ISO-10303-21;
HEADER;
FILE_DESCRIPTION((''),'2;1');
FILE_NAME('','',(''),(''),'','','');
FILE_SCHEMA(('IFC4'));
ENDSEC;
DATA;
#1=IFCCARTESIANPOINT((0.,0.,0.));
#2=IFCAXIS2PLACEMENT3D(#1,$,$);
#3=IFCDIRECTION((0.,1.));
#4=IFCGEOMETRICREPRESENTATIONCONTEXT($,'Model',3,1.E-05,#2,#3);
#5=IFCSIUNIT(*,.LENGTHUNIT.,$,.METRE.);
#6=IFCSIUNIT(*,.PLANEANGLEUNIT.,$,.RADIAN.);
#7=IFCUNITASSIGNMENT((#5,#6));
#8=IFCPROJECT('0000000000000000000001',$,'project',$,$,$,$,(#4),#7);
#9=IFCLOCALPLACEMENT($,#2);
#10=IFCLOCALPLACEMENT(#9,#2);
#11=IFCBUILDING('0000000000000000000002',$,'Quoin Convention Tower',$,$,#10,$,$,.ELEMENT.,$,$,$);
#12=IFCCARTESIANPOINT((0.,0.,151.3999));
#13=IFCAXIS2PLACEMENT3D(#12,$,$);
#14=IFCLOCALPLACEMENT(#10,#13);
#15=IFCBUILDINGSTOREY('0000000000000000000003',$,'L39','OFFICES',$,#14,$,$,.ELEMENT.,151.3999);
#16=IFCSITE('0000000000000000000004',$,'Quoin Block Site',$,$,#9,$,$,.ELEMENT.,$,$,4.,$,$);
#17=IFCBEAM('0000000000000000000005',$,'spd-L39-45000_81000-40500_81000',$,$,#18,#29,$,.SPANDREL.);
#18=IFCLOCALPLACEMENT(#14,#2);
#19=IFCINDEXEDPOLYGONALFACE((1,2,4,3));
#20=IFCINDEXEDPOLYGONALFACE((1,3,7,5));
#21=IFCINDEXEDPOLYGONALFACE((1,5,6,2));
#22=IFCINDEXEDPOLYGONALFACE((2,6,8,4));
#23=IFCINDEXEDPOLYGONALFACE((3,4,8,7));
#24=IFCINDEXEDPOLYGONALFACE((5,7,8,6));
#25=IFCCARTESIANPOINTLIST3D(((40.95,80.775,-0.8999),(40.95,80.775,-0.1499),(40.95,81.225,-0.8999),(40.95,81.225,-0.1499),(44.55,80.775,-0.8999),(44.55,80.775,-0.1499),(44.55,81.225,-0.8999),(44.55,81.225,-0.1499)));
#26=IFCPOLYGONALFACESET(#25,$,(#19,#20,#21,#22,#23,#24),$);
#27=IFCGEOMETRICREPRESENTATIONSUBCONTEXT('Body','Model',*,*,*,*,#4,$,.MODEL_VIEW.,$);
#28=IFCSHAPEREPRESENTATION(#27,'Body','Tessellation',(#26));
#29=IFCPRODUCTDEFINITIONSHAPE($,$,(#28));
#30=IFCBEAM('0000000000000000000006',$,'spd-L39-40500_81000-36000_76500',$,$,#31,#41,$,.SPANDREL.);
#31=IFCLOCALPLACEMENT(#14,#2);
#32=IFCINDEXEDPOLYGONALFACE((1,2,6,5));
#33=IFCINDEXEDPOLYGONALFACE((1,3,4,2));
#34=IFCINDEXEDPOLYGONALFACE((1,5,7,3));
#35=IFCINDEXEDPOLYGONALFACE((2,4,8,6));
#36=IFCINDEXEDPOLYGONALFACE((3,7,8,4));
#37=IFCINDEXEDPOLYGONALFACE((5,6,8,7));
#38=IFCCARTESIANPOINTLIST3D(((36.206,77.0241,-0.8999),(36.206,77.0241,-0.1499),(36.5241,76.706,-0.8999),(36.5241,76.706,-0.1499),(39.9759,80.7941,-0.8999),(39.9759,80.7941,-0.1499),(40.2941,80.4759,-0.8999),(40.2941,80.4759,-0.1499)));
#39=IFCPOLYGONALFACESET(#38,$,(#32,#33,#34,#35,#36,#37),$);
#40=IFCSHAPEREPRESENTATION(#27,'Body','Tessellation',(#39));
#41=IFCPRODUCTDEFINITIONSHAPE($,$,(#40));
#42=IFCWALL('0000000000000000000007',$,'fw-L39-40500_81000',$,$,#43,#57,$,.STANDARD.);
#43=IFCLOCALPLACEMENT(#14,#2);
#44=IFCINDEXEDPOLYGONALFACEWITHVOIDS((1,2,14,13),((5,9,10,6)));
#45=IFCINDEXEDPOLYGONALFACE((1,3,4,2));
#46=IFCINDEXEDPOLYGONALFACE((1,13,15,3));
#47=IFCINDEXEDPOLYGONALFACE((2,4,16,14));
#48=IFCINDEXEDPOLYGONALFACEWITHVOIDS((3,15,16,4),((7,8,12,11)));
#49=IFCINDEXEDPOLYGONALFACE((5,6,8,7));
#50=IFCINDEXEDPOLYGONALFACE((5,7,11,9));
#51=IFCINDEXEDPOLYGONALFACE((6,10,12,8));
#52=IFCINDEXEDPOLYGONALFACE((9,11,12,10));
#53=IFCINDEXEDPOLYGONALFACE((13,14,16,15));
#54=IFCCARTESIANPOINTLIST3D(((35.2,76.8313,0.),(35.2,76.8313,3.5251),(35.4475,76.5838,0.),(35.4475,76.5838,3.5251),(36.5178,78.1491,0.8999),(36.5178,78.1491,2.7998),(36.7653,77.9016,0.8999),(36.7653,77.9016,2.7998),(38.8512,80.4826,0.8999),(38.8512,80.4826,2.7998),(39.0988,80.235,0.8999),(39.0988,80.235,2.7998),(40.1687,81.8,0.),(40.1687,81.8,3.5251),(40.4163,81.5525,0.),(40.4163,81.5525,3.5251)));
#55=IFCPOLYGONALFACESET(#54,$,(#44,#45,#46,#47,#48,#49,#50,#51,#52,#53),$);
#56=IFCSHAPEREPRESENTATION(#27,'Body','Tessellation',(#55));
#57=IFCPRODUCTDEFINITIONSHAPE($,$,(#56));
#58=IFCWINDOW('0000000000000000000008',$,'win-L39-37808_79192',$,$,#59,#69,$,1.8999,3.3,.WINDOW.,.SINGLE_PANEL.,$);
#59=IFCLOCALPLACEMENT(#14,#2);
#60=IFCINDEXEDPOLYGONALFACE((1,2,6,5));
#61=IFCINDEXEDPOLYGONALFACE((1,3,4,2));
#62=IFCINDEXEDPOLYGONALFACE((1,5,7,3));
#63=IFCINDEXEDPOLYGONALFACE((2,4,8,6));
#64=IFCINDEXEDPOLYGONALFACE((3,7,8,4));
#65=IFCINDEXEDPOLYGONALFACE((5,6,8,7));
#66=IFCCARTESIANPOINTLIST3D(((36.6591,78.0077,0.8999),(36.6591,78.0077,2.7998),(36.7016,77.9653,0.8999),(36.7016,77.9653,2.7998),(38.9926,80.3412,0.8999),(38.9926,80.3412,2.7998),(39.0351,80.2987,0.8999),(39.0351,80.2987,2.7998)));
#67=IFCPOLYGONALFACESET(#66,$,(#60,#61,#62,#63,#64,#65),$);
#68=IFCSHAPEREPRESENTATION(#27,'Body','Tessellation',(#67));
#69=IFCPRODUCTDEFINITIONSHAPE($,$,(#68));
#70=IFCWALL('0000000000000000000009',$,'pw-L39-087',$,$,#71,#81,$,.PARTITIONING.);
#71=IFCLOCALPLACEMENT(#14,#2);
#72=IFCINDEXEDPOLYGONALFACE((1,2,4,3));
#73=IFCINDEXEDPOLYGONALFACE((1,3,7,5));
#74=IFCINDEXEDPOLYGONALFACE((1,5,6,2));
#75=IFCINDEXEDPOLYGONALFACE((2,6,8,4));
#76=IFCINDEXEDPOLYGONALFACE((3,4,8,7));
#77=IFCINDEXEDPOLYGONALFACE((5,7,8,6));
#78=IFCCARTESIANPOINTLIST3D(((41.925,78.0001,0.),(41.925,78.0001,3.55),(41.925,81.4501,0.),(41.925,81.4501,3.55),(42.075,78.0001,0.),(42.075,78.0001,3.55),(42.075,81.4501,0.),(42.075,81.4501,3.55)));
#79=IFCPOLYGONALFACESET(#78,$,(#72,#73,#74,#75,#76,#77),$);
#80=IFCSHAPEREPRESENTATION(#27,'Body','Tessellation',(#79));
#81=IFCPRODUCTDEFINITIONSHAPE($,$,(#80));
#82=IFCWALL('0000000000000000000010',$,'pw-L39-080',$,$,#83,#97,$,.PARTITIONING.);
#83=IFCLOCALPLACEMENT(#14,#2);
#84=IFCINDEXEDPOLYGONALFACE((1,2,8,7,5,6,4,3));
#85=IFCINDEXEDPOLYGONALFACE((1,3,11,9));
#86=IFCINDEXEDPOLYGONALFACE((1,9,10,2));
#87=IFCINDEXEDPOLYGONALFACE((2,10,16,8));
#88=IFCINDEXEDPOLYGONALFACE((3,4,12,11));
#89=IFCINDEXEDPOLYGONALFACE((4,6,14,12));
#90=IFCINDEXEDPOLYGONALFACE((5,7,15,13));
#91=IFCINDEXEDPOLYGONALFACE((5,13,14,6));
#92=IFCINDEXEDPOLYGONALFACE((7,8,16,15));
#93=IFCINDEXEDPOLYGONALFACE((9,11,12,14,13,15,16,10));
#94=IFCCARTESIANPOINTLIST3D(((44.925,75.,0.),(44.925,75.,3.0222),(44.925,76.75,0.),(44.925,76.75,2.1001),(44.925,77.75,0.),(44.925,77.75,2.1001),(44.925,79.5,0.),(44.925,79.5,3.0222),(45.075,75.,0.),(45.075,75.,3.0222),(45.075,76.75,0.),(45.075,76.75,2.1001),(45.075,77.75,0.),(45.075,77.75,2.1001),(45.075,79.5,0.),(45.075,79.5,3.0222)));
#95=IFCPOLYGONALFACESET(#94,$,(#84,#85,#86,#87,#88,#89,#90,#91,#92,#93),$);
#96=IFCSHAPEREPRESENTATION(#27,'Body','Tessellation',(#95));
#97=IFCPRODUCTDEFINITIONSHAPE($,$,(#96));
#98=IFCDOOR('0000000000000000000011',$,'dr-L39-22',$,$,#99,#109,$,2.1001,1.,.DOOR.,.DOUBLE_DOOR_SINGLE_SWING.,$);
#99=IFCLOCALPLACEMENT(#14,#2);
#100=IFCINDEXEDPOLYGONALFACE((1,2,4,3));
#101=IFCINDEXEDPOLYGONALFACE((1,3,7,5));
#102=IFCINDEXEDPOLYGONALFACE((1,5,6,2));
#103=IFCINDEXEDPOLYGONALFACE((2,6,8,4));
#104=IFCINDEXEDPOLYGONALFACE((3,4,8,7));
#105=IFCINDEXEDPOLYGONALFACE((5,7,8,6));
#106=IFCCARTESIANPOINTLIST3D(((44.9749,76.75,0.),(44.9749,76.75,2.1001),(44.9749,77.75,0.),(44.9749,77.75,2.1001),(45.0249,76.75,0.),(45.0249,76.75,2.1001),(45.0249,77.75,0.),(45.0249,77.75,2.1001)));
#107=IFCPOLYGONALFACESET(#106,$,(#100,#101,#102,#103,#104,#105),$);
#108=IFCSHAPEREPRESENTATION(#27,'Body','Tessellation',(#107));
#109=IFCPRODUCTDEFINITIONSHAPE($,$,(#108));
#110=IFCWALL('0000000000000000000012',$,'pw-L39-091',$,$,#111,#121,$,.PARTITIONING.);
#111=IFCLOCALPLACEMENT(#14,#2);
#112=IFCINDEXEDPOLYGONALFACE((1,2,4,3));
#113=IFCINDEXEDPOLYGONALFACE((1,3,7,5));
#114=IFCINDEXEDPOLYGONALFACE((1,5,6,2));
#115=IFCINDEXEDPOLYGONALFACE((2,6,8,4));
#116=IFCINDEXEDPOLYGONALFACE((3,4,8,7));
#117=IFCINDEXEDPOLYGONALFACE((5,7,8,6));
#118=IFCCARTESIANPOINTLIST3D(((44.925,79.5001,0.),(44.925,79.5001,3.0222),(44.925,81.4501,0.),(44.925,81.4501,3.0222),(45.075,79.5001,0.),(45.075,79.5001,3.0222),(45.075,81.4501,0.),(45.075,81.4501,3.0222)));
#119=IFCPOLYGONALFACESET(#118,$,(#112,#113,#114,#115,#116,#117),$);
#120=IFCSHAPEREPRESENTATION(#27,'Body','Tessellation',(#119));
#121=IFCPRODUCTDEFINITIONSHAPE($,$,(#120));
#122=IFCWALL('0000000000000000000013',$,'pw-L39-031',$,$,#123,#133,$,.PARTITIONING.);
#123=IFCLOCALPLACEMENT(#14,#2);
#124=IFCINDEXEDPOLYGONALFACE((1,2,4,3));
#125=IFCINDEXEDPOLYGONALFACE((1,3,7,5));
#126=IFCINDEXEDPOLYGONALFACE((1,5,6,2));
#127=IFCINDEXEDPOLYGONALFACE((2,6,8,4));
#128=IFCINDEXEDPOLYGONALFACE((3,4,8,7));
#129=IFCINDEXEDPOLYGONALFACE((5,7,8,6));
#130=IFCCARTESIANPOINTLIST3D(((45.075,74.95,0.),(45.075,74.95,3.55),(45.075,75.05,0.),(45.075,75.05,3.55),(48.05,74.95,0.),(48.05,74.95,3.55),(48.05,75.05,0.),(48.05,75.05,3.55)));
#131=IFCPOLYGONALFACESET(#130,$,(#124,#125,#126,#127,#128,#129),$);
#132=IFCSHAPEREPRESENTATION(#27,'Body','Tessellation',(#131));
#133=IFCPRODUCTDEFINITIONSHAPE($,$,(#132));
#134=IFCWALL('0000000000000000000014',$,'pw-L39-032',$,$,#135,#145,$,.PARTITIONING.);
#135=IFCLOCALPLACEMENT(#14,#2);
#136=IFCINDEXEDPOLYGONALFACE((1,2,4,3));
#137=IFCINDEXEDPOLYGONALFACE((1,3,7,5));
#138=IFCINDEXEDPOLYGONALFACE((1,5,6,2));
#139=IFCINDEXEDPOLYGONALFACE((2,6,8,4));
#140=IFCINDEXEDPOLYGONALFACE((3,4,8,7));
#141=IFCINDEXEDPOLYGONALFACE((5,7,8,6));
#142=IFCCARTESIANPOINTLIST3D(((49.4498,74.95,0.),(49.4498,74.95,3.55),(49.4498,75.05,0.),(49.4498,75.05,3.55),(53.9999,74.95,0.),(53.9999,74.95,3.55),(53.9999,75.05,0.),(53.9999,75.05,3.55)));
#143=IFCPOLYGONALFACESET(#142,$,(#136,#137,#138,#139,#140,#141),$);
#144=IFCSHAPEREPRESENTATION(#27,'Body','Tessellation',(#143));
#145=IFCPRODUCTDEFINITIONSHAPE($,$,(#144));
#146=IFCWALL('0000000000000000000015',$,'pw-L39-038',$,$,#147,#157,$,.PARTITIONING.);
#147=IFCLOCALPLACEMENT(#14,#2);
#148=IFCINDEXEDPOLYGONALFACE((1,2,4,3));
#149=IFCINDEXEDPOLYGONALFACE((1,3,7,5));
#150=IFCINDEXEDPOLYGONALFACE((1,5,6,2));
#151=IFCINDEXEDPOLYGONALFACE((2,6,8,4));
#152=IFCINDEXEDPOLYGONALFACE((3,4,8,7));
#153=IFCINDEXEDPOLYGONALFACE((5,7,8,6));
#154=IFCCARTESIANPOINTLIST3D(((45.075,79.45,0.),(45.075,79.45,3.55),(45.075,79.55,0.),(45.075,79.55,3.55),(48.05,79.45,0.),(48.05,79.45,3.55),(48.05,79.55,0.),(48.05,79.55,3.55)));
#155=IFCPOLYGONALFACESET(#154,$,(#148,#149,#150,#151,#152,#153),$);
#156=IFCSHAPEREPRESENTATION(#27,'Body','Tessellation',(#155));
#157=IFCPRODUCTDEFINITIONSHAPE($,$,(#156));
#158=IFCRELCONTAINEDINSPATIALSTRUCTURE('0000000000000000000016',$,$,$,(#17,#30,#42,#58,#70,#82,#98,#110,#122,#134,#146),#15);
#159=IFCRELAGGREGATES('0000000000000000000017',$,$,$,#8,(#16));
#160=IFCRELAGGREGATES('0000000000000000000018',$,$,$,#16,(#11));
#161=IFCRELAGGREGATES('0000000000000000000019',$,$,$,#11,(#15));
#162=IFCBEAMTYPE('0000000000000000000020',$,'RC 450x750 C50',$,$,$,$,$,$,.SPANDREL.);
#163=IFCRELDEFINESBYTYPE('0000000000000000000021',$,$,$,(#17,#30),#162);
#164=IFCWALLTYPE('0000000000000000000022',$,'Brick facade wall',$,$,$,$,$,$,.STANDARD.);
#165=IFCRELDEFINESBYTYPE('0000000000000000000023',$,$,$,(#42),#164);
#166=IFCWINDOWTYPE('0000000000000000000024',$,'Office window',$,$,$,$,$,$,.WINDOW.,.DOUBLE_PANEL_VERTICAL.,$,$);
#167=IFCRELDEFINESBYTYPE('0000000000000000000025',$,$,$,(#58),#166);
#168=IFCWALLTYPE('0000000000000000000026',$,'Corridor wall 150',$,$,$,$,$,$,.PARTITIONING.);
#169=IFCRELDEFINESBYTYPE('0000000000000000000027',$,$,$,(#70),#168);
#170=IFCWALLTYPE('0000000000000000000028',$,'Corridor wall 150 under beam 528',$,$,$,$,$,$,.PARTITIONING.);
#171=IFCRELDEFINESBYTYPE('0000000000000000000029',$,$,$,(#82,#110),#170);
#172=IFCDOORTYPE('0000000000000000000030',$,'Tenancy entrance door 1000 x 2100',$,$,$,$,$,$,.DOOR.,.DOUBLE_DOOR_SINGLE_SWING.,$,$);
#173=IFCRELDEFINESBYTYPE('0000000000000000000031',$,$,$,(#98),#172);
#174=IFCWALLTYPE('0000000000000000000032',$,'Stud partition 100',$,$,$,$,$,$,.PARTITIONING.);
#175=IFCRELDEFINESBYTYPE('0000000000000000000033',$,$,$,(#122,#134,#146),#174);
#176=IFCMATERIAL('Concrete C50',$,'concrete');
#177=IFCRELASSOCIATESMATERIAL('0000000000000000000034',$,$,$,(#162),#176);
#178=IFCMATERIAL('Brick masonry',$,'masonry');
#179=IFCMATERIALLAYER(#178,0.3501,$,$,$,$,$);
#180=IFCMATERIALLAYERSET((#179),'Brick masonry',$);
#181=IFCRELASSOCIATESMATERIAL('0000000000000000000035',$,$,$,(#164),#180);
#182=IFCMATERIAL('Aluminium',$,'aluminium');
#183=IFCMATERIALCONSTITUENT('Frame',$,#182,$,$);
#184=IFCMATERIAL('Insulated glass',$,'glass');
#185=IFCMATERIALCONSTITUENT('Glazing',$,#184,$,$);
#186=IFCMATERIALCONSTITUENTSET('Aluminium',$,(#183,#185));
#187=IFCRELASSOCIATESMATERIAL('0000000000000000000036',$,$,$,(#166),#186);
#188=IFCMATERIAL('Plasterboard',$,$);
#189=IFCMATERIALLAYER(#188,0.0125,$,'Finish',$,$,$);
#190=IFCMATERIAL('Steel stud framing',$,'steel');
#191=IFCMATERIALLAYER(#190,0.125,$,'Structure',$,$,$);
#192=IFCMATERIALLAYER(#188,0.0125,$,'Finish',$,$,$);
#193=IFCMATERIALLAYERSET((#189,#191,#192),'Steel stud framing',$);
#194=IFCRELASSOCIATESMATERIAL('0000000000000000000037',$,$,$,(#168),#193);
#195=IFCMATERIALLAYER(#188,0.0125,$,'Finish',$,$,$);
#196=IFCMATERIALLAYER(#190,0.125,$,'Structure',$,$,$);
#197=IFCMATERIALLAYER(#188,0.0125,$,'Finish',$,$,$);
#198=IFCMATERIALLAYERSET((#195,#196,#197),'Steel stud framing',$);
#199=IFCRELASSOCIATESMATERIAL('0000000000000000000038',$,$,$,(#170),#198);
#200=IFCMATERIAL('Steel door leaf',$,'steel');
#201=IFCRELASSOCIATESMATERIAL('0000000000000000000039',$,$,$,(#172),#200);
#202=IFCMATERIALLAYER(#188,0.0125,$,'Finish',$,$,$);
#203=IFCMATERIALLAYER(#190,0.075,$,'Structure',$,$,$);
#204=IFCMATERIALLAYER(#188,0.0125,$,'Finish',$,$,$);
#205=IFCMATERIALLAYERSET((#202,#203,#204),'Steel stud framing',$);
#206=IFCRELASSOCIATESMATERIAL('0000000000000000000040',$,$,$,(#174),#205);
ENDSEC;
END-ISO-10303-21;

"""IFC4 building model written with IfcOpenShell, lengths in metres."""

from ifc_helpers import new_model, si_unit, direction, frame, frame_2d, origin, origin_2d, place, context, subcontext, project, spatial, rectangle, extrude, material, layer, layer_set, constituent, constituent_set, material_profile, profile_set, type_object, element, fill, save


model = new_model("IFC4")

# Units and contexts
model_context = context("Model", 3, precision=1e-05, world=origin(), true_north=direction((0.0, 1.0)))
body_context = subcontext(model_context, "Body", "Model", "MODEL_VIEW")
ifc_project = project(units=[si_unit("LENGTHUNIT", "METRE"), si_unit("PLANEANGLEUNIT", "RADIAN")], contexts=[model_context])

# Site, building, storey
site_placement = place(None, origin())
site = spatial("IfcSite", under=ifc_project, at=site_placement, Name="Quoin Block Site", CompositionType="ELEMENT", RefElevation=4.0)
building_placement = place(site_placement, origin())
building = spatial("IfcBuilding", under=site, at=building_placement, Name="Quoin Convention Tower", CompositionType="ELEMENT")
storey_placement = place(building_placement, frame((0.0, 0.0, 151.3999)))
storey = spatial("IfcBuildingStorey", under=building, at=storey_placement, Name="L39", Description="OFFICES", CompositionType="ELEMENT", Elevation=151.3999)

# Shared definitions
ifc_material_1 = material(Name="Concrete C50", Category="concrete")

# Beams
ifc_material_profile_1 = material_profile(ifc_material_1, rectangle(XDim=0.45, YDim=0.75, at=origin_2d()), Name="RC 450x750")
ifc_profile_set_1 = profile_set([ifc_material_profile_1], Name="Concrete C50")
beam_type_1 = type_object("IfcBeamType", Name="RC 450x750 C50", PredefinedType="SPANDREL", material=ifc_profile_set_1)
for number, where, z_axis, x_axis, name in (
    (1, (44.55, 81.0, -0.5249), (-1.0, 0.0, 0.0), (0.0, -1.0, 0.0), "spd-L39-45000_81000-40500_81000"),
):
    element("IfcBeam", number, at=place(storey_placement, frame(where, z_axis=z_axis, x_axis=x_axis)), inside=storey, type_object=beam_type_1, Name=name, PredefinedType="SPANDREL", context=body_context, shape_type="SweptSolid", body=[
        extrude(rectangle(XDim=0.45, YDim=0.75, at=origin_2d()), origin(), (0.0, 0.0, 1.0), 3.6001),
    ])
beam_1_placement = place(storey_placement, frame((40.135, 80.635, -0.5249), z_axis=(-0.707107, -0.707107, 0.0), x_axis=(0.707107, -0.707107, 0.0)))
element("IfcBeam", 2, at=beam_1_placement, inside=storey, type_object=beam_type_1, Name="spd-L39-40500_81000-36000_76500", PredefinedType="SPANDREL", context=body_context, shape_type="SweptSolid", body=[
    extrude(rectangle(XDim=0.45, YDim=0.75, at=origin_2d()), origin(), (0.0, 0.0, 1.0), 5.3315),
])

# Wall, opening, window
ifc_material_2 = material(Name="Brick masonry", Category="masonry")
ifc_layer_1 = layer(ifc_material_2, 0.3501)
ifc_layer_set_1 = layer_set([ifc_layer_1], Name="Brick masonry")
wall_type_1 = type_object("IfcWallType", Name="Brick facade wall", PredefinedType="STANDARD", material=ifc_layer_set_1)
wall_1_placement = place(storey_placement, frame((40.2925, 81.6763, 0.0), z_axis=(0.0, 0.0, 1.0), x_axis=(-0.707107, -0.707107, 0.0)))
wall_1 = element("IfcWall", 3, at=wall_1_placement, inside=storey, type_object=wall_type_1, Name="fw-L39-40500_81000", PredefinedType="STANDARD", context=body_context, shape_type="SweptSolid", body=[
    extrude(rectangle(XDim=7.0269, YDim=0.3501, at=frame_2d((3.5134, 0.0))), origin(), (0.0, 0.0, 1.0), 3.5251),
])
opening_1_placement = place(wall_1_placement, frame((1.8633, 0.0, 0.8999)))
opening_1 = element("IfcOpeningElement", 4, at=opening_1_placement, cuts=wall_1, PredefinedType="OPENING", context=body_context, shape_type="SweptSolid", body=[
    extrude(rectangle(XDim=3.3, YDim=1.8999, at=frame_2d((1.6499, 0.95))), frame((0.0, 0.1851, 0.0), z_axis=(0.0, -1.0, 0.0), x_axis=(1.0, 0.0, 0.0)), (0.0, 0.0, 1.0), 0.3701),
])
ifc_material_3 = material(Name="Aluminium", Category="aluminium")
ifc_constituent_1 = constituent(ifc_material_3, Name="Frame")
ifc_material_4 = material(Name="Insulated glass", Category="glass")
ifc_constituent_2 = constituent(ifc_material_4, Name="Glazing")
ifc_constituent_set = constituent_set(constituents=[ifc_constituent_1, ifc_constituent_2], Name="Aluminium")
window_type = type_object("IfcWindowType", Name="Office window", PartitioningType="DOUBLE_PANEL_VERTICAL", PredefinedType="WINDOW", material=ifc_constituent_set)
window_placement = place(opening_1_placement, origin())
window = element("IfcWindow", 5, at=window_placement, inside=storey, type_object=window_type, Name="win-L39-37808_79192", OverallHeight=1.8999, OverallWidth=3.3, PartitioningType="SINGLE_PANEL", PredefinedType="WINDOW", context=body_context, shape_type="SweptSolid", body=[
    extrude(rectangle(XDim=3.3, YDim=1.8999, at=frame_2d((1.6499, 0.95))), frame((0.0, 0.085, 0.0), z_axis=(0.0, -1.0, 0.0), x_axis=(1.0, 0.0, 0.0)), (0.0, 0.0, 1.0), 0.0601),
])
fill(opening_1, window)

# Wall
ifc_material_5 = material(Name="Plasterboard")
ifc_layer_2 = layer(ifc_material_5, 0.0125, Name="Finish")
ifc_material_6 = material(Name="Steel stud framing", Category="steel")
ifc_layer_3 = layer(ifc_material_6, 0.125, Name="Structure")
ifc_layer_4 = layer(ifc_material_5, 0.0125, Name="Finish")
ifc_layer_set_2 = layer_set([ifc_layer_2, ifc_layer_3, ifc_layer_4], Name="Steel stud framing")
wall_type_2 = type_object("IfcWallType", Name="Corridor wall 150", PredefinedType="PARTITIONING", material=ifc_layer_set_2)
wall_2_placement = place(storey_placement, frame((42.0, 78.0, 0.0), z_axis=(0.0, 0.0, 1.0), x_axis=(0.0, 1.0, 0.0)))
element("IfcWall", 6, at=wall_2_placement, inside=storey, type_object=wall_type_2, Name="pw-L39-087", PredefinedType="PARTITIONING", context=body_context, shape_type="SweptSolid", body=[
    extrude(rectangle(XDim=3.45, YDim=0.1499, at=frame_2d((1.7251, 0.0))), origin(), (0.0, 0.0, 1.0), 3.55),
])

# Wall, opening, door
ifc_layer_5 = layer(ifc_material_5, 0.0125, Name="Finish")
ifc_layer_6 = layer(ifc_material_6, 0.125, Name="Structure")
ifc_layer_7 = layer(ifc_material_5, 0.0125, Name="Finish")
ifc_layer_set_3 = layer_set([ifc_layer_5, ifc_layer_6, ifc_layer_7], Name="Steel stud framing")
wall_type_3 = type_object("IfcWallType", Name="Corridor wall 150 under beam 528", PredefinedType="PARTITIONING", material=ifc_layer_set_3)
wall_3_placement = place(storey_placement, frame((45.0, 75.0, 0.0), z_axis=(0.0, 0.0, 1.0), x_axis=(0.0, 1.0, 0.0)))
wall_3 = element("IfcWall", 7, at=wall_3_placement, inside=storey, type_object=wall_type_3, Name="pw-L39-080", PredefinedType="PARTITIONING", context=body_context, shape_type="SweptSolid", body=[
    extrude(rectangle(XDim=4.5, YDim=0.1499, at=frame_2d((2.25, 0.0))), origin(), (0.0, 0.0, 1.0), 3.0222),
])
opening_2_placement = place(wall_3_placement, frame((1.75, 0.0, 0.0)))
opening_2 = element("IfcOpeningElement", 8, at=opening_2_placement, cuts=wall_3, PredefinedType="OPENING", context=body_context, shape_type="SweptSolid", body=[
    extrude(rectangle(XDim=1.0, YDim=2.1001, at=frame_2d((0.5, 1.05))), frame((0.0, 0.085, 0.0), z_axis=(0.0, -1.0, 0.0), x_axis=(1.0, 0.0, 0.0)), (0.0, 0.0, 1.0), 0.1699),
])
ifc_material_7 = material(Name="Steel door leaf", Category="steel")
door_type_1 = type_object("IfcDoorType", Name="Tenancy entrance door 1000 x 2100", OperationType="DOUBLE_DOOR_SINGLE_SWING", PredefinedType="DOOR", material=ifc_material_7)
door_1_placement = place(opening_2_placement, frame((1.0, 0.0, 0.0), z_axis=(0.0, 0.0, 1.0), x_axis=(-1.0, 0.0, 0.0)))
door_1 = element("IfcDoor", 9, at=door_1_placement, inside=storey, type_object=door_type_1, Name="dr-L39-22", OperationType="DOUBLE_DOOR_SINGLE_SWING", OverallHeight=2.1001, OverallWidth=1.0, PredefinedType="DOOR", context=body_context, shape_type="SweptSolid", body=[
    extrude(rectangle(XDim=1.0, YDim=2.1001, at=frame_2d((0.5, 1.05))), frame((0.0, 0.0249, 0.0), z_axis=(0.0, -1.0, 0.0), x_axis=(1.0, 0.0, 0.0)), (0.0, 0.0, 1.0), 0.05),
])
fill(opening_2, door_1)

# Walls
wall_4_placement = place(storey_placement, frame((45.0, 79.5, 0.0), z_axis=(0.0, 0.0, 1.0), x_axis=(0.0, 1.0, 0.0)))
element("IfcWall", 10, at=wall_4_placement, inside=storey, type_object=wall_type_3, Name="pw-L39-091", PredefinedType="PARTITIONING", context=body_context, shape_type="SweptSolid", body=[
    extrude(rectangle(XDim=1.95, YDim=0.1499, at=frame_2d((0.9751, 0.0))), origin(), (0.0, 0.0, 1.0), 3.0222),
])
ifc_layer_8 = layer(ifc_material_5, 0.0125, Name="Finish")
ifc_layer_9 = layer(ifc_material_6, 0.075, Name="Structure")
ifc_layer_10 = layer(ifc_material_5, 0.0125, Name="Finish")
ifc_layer_set_4 = layer_set([ifc_layer_8, ifc_layer_9, ifc_layer_10], Name="Steel stud framing")
wall_type_4 = type_object("IfcWallType", Name="Stud partition 100", PredefinedType="PARTITIONING", material=ifc_layer_set_4)
wall_5_placement = place(storey_placement, frame((45.075, 75.0, 0.0), z_axis=(0.0, 0.0, 1.0), x_axis=(1.0, 0.0, 0.0)))
element("IfcWall", 11, at=wall_5_placement, inside=storey, type_object=wall_type_4, Name="pw-L39-031", PredefinedType="PARTITIONING", context=body_context, shape_type="SweptSolid", body=[
    extrude(rectangle(XDim=2.9751, YDim=0.1001, at=frame_2d((1.4875, 0.0))), origin(), (0.0, 0.0, 1.0), 3.55),
])
wall_6_placement = place(storey_placement, frame((49.45, 75.0, 0.0), z_axis=(0.0, 0.0, 1.0), x_axis=(1.0, 0.0, 0.0)))
element("IfcWall", 12, at=wall_6_placement, inside=storey, type_object=wall_type_4, Name="pw-L39-032", PredefinedType="PARTITIONING", context=body_context, shape_type="SweptSolid", body=[
    extrude(rectangle(XDim=4.55, YDim=0.1001, at=frame_2d((2.2749, 0.0))), origin(), (0.0, 0.0, 1.0), 3.55),
])
wall_7_placement = place(storey_placement, frame((45.075, 79.5, 0.0), z_axis=(0.0, 0.0, 1.0), x_axis=(1.0, 0.0, 0.0)))
element("IfcWall", 13, at=wall_7_placement, inside=storey, type_object=wall_type_4, Name="pw-L39-038", PredefinedType="PARTITIONING", context=body_context, shape_type="SweptSolid", body=[
    extrude(rectangle(XDim=2.9751, YDim=0.1001, at=frame_2d((1.4875, 0.0))), origin(), (0.0, 0.0, 1.0), 3.55),
])

save(model, "model.ifc")
